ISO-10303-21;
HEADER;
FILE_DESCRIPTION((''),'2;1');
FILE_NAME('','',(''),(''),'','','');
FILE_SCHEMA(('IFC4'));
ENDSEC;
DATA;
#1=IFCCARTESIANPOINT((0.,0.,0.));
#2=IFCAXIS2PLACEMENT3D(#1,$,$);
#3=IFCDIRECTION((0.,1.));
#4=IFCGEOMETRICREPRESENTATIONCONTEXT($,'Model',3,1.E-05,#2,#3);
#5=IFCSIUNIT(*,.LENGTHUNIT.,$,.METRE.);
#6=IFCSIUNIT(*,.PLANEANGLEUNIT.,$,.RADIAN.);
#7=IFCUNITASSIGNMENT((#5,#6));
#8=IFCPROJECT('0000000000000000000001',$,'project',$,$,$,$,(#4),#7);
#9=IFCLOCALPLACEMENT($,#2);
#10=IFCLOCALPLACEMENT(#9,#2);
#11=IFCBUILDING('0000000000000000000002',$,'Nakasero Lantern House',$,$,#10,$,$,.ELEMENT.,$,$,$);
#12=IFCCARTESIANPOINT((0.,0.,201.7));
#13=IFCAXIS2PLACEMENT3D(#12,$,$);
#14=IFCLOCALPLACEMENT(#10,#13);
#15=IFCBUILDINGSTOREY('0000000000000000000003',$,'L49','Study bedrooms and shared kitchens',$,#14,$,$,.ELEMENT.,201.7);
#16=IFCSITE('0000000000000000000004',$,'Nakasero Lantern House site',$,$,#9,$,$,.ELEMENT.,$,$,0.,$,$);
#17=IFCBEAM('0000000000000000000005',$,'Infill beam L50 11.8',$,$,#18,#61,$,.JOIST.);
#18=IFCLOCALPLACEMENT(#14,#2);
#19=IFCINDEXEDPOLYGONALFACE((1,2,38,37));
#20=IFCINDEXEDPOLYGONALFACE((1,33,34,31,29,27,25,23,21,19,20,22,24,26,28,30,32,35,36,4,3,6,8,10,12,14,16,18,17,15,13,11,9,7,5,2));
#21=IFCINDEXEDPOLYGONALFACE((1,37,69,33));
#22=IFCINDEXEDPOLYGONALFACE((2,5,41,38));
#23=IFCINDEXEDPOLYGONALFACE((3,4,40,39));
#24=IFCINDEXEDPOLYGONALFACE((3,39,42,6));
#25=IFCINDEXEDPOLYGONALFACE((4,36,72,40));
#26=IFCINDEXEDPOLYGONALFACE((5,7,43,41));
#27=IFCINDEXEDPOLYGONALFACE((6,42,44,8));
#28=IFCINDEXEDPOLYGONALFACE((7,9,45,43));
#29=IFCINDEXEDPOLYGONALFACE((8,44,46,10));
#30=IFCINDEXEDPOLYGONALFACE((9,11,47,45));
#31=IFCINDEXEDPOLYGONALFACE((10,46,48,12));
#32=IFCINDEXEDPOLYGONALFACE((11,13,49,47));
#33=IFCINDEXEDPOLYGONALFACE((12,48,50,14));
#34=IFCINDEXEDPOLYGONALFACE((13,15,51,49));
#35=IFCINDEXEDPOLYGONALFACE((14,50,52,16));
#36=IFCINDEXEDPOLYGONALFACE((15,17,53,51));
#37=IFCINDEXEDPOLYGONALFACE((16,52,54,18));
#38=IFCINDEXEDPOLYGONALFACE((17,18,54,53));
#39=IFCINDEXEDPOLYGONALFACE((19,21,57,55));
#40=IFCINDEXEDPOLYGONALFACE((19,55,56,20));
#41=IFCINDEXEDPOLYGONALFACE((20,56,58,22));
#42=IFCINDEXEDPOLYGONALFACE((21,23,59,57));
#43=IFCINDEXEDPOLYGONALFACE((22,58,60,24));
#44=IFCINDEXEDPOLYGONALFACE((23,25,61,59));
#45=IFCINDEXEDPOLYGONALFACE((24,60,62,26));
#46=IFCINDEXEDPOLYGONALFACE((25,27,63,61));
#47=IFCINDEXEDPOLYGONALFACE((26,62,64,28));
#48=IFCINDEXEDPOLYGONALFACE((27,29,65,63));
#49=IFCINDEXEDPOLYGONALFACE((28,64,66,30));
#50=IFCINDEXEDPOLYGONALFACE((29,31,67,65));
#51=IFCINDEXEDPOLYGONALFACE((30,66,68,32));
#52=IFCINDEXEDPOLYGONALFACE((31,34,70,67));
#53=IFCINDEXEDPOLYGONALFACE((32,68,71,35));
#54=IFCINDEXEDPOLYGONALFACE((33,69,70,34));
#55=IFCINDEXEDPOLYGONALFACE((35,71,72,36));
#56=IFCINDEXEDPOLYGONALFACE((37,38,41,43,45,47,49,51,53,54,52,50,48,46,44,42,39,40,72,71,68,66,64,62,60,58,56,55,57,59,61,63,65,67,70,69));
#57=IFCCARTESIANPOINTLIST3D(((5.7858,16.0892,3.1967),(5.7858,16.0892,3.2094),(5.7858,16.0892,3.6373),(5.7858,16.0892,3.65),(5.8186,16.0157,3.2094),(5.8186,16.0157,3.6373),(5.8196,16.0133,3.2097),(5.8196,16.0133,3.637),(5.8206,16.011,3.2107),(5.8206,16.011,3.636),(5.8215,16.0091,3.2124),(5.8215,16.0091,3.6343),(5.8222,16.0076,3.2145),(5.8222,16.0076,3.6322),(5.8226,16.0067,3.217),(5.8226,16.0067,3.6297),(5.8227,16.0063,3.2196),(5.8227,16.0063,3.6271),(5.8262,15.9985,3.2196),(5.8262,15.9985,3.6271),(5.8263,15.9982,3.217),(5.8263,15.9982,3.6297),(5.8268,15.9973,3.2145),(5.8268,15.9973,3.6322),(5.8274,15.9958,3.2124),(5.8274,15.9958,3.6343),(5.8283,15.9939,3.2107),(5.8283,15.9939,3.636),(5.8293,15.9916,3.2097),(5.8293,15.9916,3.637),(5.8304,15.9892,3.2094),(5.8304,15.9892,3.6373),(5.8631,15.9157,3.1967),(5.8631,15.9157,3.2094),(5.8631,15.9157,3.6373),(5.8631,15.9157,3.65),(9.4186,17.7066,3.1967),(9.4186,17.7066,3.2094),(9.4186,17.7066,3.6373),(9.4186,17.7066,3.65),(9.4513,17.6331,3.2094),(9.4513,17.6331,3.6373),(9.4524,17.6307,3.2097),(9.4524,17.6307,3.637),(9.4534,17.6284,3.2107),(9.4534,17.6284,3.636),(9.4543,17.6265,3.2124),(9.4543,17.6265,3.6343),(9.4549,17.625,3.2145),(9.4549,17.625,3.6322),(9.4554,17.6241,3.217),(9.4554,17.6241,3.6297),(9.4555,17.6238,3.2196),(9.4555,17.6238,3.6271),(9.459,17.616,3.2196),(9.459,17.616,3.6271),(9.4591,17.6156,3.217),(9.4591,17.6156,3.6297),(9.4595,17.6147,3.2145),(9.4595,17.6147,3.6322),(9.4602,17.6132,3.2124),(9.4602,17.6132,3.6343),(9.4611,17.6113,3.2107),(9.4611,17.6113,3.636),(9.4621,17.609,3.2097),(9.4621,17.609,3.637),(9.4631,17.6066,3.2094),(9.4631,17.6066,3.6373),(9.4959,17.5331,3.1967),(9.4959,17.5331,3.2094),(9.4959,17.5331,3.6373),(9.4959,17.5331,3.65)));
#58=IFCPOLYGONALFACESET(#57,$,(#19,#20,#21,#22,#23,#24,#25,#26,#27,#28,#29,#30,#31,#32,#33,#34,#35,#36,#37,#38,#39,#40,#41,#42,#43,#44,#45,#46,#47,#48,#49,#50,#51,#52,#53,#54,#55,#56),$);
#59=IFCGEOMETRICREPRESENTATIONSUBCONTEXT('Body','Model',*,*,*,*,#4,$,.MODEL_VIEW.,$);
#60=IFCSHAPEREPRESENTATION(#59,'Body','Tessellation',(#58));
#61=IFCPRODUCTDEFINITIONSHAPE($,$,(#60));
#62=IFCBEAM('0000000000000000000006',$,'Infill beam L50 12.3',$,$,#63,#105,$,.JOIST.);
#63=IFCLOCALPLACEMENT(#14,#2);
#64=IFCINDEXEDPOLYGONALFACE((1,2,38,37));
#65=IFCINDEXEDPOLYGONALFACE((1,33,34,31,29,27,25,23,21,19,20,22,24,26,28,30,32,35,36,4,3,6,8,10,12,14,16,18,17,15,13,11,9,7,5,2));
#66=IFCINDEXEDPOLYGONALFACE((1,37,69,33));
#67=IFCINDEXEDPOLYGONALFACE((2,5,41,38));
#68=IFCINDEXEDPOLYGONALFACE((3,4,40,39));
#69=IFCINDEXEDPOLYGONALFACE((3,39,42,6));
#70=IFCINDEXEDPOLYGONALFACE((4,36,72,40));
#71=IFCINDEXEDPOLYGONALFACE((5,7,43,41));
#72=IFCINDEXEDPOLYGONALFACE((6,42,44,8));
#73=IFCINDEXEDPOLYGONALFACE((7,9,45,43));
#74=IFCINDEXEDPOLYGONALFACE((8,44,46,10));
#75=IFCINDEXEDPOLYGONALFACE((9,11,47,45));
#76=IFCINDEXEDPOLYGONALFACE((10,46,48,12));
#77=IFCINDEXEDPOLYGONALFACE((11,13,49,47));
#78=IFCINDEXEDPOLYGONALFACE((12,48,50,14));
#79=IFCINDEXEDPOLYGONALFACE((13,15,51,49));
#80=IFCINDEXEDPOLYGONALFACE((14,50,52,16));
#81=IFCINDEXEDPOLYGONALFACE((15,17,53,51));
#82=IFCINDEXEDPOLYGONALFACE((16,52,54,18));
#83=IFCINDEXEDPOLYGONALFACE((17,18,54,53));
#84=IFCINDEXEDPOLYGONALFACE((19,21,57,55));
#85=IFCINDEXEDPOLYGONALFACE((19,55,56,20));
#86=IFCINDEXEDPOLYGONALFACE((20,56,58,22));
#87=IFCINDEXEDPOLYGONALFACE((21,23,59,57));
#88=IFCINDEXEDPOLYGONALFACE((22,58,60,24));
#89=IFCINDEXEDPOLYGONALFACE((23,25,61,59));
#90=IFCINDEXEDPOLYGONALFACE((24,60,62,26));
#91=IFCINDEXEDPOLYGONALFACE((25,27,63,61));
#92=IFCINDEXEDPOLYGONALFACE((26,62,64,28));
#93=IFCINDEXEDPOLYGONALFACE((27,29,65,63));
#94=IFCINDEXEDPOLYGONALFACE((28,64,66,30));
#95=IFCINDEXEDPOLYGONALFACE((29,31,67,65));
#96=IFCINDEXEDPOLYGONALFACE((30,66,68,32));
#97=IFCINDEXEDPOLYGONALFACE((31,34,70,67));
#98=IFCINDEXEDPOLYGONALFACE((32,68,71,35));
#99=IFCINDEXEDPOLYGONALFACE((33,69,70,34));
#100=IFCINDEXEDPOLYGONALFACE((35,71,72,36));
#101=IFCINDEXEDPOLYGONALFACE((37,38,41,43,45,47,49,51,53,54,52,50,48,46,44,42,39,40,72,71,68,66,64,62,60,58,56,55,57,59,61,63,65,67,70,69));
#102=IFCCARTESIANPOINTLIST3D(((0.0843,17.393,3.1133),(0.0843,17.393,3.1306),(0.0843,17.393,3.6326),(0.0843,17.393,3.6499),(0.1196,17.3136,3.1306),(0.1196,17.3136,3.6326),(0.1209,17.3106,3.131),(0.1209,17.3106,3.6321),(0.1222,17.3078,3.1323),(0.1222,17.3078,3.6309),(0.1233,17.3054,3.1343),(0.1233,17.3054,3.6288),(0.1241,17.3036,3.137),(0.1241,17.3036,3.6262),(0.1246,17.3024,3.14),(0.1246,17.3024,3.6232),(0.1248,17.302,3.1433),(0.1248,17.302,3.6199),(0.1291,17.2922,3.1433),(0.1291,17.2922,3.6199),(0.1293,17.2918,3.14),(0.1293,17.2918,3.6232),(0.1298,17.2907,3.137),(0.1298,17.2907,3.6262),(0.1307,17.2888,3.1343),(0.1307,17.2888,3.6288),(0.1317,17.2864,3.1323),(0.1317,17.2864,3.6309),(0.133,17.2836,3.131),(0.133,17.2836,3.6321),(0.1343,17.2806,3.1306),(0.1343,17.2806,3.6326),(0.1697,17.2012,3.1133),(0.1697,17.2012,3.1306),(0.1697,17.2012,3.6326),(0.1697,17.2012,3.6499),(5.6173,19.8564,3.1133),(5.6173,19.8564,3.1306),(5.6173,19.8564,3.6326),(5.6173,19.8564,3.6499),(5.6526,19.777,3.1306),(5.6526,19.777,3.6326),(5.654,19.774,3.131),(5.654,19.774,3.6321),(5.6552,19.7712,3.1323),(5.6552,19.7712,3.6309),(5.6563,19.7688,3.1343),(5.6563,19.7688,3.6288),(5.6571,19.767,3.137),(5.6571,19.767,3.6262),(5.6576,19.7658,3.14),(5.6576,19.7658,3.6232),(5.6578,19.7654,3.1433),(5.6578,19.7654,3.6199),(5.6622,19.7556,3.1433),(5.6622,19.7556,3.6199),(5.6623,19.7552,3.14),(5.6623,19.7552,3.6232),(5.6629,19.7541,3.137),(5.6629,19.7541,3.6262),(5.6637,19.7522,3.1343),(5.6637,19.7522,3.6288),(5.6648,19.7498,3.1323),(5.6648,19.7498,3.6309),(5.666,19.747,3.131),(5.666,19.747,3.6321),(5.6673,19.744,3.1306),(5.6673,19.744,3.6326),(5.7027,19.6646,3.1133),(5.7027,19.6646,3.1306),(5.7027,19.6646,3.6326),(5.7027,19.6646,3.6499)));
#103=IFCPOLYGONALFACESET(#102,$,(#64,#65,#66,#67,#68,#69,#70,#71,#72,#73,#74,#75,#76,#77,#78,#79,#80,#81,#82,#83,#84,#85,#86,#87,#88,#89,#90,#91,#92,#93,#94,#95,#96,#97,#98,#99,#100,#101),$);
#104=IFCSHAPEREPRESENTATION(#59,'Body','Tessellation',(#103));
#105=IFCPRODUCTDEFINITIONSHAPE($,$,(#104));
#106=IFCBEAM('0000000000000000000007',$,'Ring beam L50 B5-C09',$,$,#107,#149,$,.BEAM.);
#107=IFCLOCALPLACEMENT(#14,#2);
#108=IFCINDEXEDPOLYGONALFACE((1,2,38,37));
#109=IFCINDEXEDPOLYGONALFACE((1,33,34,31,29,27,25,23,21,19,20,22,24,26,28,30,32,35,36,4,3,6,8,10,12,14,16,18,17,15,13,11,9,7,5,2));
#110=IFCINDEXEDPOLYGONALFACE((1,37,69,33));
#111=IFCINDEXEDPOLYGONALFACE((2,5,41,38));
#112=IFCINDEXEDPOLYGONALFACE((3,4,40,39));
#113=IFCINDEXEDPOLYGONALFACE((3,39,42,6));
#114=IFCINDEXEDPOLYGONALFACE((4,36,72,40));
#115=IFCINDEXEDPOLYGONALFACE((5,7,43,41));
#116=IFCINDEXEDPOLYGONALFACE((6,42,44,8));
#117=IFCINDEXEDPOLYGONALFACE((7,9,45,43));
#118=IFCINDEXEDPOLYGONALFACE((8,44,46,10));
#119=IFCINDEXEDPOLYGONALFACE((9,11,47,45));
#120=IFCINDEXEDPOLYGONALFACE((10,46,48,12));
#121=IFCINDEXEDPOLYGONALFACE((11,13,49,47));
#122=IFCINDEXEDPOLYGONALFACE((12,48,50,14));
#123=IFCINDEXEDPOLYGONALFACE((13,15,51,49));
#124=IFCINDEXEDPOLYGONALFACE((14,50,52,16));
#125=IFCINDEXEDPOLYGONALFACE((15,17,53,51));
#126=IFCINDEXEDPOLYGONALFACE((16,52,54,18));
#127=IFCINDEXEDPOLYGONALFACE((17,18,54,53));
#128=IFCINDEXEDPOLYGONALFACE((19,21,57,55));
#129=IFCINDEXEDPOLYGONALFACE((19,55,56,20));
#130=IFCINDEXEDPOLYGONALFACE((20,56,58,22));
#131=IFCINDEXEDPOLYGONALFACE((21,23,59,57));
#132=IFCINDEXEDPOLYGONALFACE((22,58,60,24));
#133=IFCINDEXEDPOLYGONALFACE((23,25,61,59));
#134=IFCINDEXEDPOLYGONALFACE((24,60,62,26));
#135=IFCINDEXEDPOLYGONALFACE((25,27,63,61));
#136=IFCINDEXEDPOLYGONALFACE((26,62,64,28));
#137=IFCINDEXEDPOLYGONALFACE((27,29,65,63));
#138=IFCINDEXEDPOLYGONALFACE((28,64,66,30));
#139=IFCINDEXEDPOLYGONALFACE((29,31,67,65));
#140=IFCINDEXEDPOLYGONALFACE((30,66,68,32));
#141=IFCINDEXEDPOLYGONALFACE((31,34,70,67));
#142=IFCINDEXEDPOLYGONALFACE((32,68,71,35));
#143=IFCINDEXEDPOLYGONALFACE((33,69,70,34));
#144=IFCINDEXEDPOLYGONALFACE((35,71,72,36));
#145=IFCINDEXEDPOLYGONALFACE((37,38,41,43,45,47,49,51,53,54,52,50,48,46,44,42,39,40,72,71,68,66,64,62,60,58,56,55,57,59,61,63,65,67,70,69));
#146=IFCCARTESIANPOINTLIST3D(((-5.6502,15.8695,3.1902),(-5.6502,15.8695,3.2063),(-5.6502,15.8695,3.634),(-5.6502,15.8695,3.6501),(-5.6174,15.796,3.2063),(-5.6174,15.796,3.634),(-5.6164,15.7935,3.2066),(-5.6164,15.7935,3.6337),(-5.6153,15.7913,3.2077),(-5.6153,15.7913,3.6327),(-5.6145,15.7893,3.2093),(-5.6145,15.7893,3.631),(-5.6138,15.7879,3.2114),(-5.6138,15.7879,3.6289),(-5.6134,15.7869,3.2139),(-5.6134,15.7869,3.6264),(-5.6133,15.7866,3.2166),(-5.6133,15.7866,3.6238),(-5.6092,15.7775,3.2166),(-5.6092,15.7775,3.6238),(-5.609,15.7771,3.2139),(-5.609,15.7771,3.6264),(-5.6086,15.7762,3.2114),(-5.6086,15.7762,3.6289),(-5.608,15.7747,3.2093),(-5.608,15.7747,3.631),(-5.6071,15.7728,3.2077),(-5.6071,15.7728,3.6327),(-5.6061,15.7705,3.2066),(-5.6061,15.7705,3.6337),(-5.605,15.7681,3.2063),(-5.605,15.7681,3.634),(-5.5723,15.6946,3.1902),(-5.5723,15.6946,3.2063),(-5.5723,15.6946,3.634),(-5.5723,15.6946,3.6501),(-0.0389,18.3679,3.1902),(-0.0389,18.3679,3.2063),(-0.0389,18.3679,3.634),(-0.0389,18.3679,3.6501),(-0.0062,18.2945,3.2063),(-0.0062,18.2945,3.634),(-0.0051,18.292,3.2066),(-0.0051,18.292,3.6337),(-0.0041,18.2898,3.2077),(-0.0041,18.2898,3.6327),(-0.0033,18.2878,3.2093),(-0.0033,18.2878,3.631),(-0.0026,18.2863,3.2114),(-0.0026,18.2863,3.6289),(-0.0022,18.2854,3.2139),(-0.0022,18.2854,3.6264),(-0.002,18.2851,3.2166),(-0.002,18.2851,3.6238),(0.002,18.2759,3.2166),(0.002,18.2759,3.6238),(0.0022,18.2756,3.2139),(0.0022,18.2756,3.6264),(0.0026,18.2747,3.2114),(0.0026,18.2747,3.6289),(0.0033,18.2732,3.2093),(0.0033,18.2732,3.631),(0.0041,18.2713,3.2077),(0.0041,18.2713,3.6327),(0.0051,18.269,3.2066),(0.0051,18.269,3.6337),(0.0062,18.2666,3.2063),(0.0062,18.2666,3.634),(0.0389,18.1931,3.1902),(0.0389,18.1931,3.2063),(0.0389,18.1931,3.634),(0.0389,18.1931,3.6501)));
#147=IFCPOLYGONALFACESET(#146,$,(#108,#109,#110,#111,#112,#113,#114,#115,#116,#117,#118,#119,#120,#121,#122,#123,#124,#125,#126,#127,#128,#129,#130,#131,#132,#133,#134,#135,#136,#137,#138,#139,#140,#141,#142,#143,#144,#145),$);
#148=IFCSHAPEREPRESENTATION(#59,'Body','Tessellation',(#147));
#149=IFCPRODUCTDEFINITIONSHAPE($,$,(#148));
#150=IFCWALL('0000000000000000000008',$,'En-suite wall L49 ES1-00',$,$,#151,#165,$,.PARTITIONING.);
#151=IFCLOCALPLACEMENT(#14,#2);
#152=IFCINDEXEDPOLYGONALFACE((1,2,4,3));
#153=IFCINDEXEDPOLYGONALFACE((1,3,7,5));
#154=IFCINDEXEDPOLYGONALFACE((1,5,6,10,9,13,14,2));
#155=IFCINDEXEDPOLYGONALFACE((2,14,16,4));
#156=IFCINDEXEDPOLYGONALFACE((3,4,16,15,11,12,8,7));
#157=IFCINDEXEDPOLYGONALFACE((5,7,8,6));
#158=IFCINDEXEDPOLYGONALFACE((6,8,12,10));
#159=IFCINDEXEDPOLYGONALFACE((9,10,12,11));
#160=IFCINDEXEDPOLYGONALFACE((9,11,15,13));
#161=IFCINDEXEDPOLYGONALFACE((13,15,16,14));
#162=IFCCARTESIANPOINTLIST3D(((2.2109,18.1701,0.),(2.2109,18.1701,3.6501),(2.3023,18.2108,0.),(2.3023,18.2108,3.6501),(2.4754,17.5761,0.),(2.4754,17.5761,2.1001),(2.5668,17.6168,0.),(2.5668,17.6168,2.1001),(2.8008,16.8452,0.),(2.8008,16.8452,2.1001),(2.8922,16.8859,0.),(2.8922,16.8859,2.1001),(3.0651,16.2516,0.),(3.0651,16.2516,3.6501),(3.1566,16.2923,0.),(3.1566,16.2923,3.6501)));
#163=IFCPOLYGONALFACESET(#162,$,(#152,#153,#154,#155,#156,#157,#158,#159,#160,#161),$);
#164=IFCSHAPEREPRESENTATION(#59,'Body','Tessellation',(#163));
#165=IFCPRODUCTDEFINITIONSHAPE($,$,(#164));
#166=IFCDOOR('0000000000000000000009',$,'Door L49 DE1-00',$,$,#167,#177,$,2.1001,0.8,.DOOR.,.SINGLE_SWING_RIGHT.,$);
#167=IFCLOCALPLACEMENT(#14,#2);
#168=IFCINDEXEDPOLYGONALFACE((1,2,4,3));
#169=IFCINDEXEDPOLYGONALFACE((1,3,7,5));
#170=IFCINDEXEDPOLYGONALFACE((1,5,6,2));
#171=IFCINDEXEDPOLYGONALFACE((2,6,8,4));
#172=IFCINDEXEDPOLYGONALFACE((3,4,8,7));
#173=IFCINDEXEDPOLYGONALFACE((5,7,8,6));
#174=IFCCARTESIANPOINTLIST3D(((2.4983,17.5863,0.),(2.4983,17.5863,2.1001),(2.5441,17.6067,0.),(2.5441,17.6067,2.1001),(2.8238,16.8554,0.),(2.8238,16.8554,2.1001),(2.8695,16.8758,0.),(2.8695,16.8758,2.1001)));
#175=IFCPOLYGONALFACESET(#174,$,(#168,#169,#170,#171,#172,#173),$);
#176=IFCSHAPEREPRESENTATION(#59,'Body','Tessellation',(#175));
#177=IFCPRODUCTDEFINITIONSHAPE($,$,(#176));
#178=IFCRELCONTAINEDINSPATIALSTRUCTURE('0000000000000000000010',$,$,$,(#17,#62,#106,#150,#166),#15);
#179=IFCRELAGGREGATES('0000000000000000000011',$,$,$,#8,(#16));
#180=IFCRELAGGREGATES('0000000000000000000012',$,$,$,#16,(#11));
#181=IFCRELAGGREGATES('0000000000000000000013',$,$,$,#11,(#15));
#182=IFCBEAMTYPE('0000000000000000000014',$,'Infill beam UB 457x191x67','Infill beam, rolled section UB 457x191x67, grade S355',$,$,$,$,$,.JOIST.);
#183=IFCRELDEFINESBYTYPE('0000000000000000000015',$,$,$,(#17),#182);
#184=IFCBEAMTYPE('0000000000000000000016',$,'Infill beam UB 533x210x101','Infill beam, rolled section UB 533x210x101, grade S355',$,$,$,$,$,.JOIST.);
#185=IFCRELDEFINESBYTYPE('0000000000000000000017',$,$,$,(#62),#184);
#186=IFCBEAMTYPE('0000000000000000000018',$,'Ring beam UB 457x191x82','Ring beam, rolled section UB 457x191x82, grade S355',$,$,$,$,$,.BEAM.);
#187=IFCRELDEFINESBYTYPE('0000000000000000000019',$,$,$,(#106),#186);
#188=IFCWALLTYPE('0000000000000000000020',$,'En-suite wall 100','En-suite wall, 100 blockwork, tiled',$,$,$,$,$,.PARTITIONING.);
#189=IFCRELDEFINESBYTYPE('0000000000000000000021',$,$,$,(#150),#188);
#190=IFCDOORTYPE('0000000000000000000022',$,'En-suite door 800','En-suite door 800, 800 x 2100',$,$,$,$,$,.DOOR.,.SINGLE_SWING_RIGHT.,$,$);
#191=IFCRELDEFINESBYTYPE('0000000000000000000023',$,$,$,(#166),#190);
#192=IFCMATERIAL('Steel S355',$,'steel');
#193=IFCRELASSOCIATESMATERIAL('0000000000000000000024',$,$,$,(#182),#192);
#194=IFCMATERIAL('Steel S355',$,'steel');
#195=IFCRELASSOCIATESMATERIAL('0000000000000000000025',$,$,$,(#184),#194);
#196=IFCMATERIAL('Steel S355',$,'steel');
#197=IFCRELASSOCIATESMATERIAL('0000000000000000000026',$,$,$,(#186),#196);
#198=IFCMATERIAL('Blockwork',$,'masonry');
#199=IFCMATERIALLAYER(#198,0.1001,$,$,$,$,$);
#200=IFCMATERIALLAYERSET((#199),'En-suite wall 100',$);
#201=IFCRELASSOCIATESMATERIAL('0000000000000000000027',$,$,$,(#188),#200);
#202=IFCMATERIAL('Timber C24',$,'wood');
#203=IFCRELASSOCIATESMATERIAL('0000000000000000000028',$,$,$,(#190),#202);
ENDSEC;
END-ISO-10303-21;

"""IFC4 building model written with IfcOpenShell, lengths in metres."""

from ifc_helpers import new_model, si_unit, direction, frame, frame_2d, origin, origin_2d, place, context, subcontext, project, spatial, rectangle, i_section, extrude, material, layer, layer_set, material_profile, profile_set, type_object, element, fill, save


model = new_model("IFC4")

# Units and contexts
model_context = context("Model", 3, precision=1e-05, world=origin(), true_north=direction((0.0, 1.0)))
body_context = subcontext(model_context, "Body", "Model", "MODEL_VIEW")
ifc_project = project(units=[si_unit("LENGTHUNIT", "METRE"), si_unit("PLANEANGLEUNIT", "RADIAN")], contexts=[model_context])

# Site, building, storey
site_placement = place(None, origin())
site = spatial("IfcSite", under=ifc_project, at=site_placement, Name="Nakasero Lantern House site", CompositionType="ELEMENT", RefElevation=0.0)
building_placement = place(site_placement, origin())
building = spatial("IfcBuilding", under=site, at=building_placement, Name="Nakasero Lantern House", CompositionType="ELEMENT")
storey_placement = place(building_placement, frame((0.0, 0.0, 201.7)))
storey = spatial("IfcBuildingStorey", under=building, at=storey_placement, Name="L49", Description="Study bedrooms and shared kitchens", CompositionType="ELEMENT", Elevation=201.7)

# Beams
ifc_material_1 = material(Name="Steel S355", Category="steel")
ifc_material_profile_1 = material_profile(ifc_material_1, i_section(OverallWidth=0.1899, OverallDepth=0.4534, WebThickness=0.0085, FlangeThickness=0.0127, FilletRadius=0.0103, at=origin_2d()), Name="UB 457x191x67")
ifc_profile_set_1 = profile_set([ifc_material_profile_1], Name="Steel S355")
beam_type_1 = type_object("IfcBeamType", Name="Infill beam UB 457x191x67", Description="Infill beam, rolled section UB 457x191x67, grade S355", PredefinedType="JOIST", material=ifc_profile_set_1)
beam_1_placement = place(storey_placement, frame((5.8245, 16.0024, 3.4233), z_axis=(0.913546, 0.406736, 0.0), x_axis=(-0.406736, 0.913546, 0.0)))
element("IfcBeam", 1, at=beam_1_placement, inside=storey, type_object=beam_type_1, Name="Infill beam L50 11.8", PredefinedType="JOIST", context=body_context, shape_type="SweptSolid", body=[
    extrude(i_section(OverallWidth=0.1899, OverallDepth=0.4534, WebThickness=0.0085, FlangeThickness=0.0127, FilletRadius=0.0103, at=origin_2d()), origin(), (0.0, 0.0, 1.0), 3.9766),
])
ifc_material_2 = material(Name="Steel S355", Category="steel")
ifc_material_profile_2 = material_profile(ifc_material_2, i_section(OverallWidth=0.21, OverallDepth=0.5366, WebThickness=0.0107, FlangeThickness=0.0173, FilletRadius=0.0127, at=origin_2d()), Name="UB 533x210x101")
ifc_profile_set_2 = profile_set([ifc_material_profile_2], Name="Steel S355")
beam_type_2 = type_object("IfcBeamType", Name="Infill beam UB 533x210x101", Description="Infill beam, rolled section UB 533x210x101, grade S355", PredefinedType="JOIST", material=ifc_profile_set_2)
beam_2_placement = place(storey_placement, frame((0.127, 17.2971, 3.3816), z_axis=(0.913549, 0.406729, 0.0), x_axis=(-0.406729, 0.913549, 0.0)))
element("IfcBeam", 2, at=beam_2_placement, inside=storey, type_object=beam_type_2, Name="Infill beam L50 12.3", PredefinedType="JOIST", context=body_context, shape_type="SweptSolid", body=[
    extrude(i_section(OverallWidth=0.21, OverallDepth=0.5366, WebThickness=0.0107, FlangeThickness=0.0173, FilletRadius=0.0127, at=origin_2d()), origin(), (0.0, 0.0, 1.0), 6.0566),
])
ifc_material_3 = material(Name="Steel S355", Category="steel")
ifc_material_profile_3 = material_profile(ifc_material_3, i_section(OverallWidth=0.1914, OverallDepth=0.46, WebThickness=0.01, FlangeThickness=0.0161, FilletRadius=0.0103, at=origin_2d()), Name="UB 457x191x82")
ifc_profile_set_3 = profile_set([ifc_material_profile_3], Name="Steel S355")
beam_type_3 = type_object("IfcBeamType", Name="Ring beam UB 457x191x82", Description="Ring beam, rolled section UB 457x191x82, grade S355", PredefinedType="BEAM", material=ifc_profile_set_3)
beam_3_placement = place(storey_placement, frame((0.0, 18.2805, 3.4202), z_axis=(-0.913533, -0.406765, 0.0), x_axis=(0.406765, -0.913533, 0.0)))
element("IfcBeam", 3, at=beam_3_placement, inside=storey, type_object=beam_type_3, Name="Ring beam L50 B5-C09", PredefinedType="BEAM", context=body_context, shape_type="SweptSolid", body=[
    extrude(i_section(OverallWidth=0.1914, OverallDepth=0.46, WebThickness=0.01, FlangeThickness=0.0161, FilletRadius=0.0103, at=origin_2d()), origin(), (0.0, 0.0, 1.0), 6.1423),
])

# Wall, opening, door
ifc_material_4 = material(Name="Blockwork", Category="masonry")
ifc_layer_1 = layer(ifc_material_4, 0.1001)
ifc_layer_set_1 = layer_set([ifc_layer_1], Name="En-suite wall 100")
wall_type_1 = type_object("IfcWallType", Name="En-suite wall 100", Description="En-suite wall, 100 blockwork, tiled", PredefinedType="PARTITIONING", material=ifc_layer_set_1)
wall_1_placement = place(storey_placement, frame((3.1108, 16.272, 0.0), z_axis=(0.0, 0.0, 1.0), x_axis=(-0.406775, 0.913528, 0.0)))
wall_1 = element("IfcWall", 4, at=wall_1_placement, inside=storey, type_object=wall_type_1, Name="En-suite wall L49 ES1-00", PredefinedType="PARTITIONING", context=body_context, shape_type="SweptSolid", body=[
    extrude(rectangle(XDim=2.1001, YDim=0.1001, at=frame_2d((1.05, 0.0))), origin(), (0.0, 0.0, 1.0), 3.6501),
])
opening_1_placement = place(wall_1_placement, frame((0.6499, 0.0, 0.0)))
opening_1 = element("IfcOpeningElement", 5, at=opening_1_placement, cuts=wall_1, PredefinedType="OPENING", context=body_context, shape_type="SweptSolid", body=[
    extrude(rectangle(XDim=0.8, YDim=2.1001, at=frame_2d((0.3999, 1.05))), frame((0.0, 0.0701, 0.0), z_axis=(0.0, -1.0, 0.0), x_axis=(1.0, 0.0, 0.0)), (0.0, 0.0, 1.0), 0.1401),
])
ifc_material_5 = material(Name="Timber C24", Category="wood")
door_type_1 = type_object("IfcDoorType", Name="En-suite door 800", Description="En-suite door 800, 800 x 2100", OperationType="SINGLE_SWING_RIGHT", PredefinedType="DOOR", material=ifc_material_5)
door_1_placement = place(opening_1_placement, origin())
door_1 = element("IfcDoor", 6, at=door_1_placement, inside=storey, type_object=door_type_1, Name="Door L49 DE1-00", OperationType="SINGLE_SWING_RIGHT", OverallHeight=2.1001, OverallWidth=0.8, PredefinedType="DOOR", context=body_context, shape_type="SweptSolid", body=[
    extrude(rectangle(XDim=0.8, YDim=2.1001, at=frame_2d((0.3999, 1.05))), frame((0.0, 0.0249, 0.0), z_axis=(0.0, -1.0, 0.0), x_axis=(1.0, 0.0, 0.0)), (0.0, 0.0, 1.0), 0.05),
])
fill(opening_1, door_1)

save(model, "model.ifc")
